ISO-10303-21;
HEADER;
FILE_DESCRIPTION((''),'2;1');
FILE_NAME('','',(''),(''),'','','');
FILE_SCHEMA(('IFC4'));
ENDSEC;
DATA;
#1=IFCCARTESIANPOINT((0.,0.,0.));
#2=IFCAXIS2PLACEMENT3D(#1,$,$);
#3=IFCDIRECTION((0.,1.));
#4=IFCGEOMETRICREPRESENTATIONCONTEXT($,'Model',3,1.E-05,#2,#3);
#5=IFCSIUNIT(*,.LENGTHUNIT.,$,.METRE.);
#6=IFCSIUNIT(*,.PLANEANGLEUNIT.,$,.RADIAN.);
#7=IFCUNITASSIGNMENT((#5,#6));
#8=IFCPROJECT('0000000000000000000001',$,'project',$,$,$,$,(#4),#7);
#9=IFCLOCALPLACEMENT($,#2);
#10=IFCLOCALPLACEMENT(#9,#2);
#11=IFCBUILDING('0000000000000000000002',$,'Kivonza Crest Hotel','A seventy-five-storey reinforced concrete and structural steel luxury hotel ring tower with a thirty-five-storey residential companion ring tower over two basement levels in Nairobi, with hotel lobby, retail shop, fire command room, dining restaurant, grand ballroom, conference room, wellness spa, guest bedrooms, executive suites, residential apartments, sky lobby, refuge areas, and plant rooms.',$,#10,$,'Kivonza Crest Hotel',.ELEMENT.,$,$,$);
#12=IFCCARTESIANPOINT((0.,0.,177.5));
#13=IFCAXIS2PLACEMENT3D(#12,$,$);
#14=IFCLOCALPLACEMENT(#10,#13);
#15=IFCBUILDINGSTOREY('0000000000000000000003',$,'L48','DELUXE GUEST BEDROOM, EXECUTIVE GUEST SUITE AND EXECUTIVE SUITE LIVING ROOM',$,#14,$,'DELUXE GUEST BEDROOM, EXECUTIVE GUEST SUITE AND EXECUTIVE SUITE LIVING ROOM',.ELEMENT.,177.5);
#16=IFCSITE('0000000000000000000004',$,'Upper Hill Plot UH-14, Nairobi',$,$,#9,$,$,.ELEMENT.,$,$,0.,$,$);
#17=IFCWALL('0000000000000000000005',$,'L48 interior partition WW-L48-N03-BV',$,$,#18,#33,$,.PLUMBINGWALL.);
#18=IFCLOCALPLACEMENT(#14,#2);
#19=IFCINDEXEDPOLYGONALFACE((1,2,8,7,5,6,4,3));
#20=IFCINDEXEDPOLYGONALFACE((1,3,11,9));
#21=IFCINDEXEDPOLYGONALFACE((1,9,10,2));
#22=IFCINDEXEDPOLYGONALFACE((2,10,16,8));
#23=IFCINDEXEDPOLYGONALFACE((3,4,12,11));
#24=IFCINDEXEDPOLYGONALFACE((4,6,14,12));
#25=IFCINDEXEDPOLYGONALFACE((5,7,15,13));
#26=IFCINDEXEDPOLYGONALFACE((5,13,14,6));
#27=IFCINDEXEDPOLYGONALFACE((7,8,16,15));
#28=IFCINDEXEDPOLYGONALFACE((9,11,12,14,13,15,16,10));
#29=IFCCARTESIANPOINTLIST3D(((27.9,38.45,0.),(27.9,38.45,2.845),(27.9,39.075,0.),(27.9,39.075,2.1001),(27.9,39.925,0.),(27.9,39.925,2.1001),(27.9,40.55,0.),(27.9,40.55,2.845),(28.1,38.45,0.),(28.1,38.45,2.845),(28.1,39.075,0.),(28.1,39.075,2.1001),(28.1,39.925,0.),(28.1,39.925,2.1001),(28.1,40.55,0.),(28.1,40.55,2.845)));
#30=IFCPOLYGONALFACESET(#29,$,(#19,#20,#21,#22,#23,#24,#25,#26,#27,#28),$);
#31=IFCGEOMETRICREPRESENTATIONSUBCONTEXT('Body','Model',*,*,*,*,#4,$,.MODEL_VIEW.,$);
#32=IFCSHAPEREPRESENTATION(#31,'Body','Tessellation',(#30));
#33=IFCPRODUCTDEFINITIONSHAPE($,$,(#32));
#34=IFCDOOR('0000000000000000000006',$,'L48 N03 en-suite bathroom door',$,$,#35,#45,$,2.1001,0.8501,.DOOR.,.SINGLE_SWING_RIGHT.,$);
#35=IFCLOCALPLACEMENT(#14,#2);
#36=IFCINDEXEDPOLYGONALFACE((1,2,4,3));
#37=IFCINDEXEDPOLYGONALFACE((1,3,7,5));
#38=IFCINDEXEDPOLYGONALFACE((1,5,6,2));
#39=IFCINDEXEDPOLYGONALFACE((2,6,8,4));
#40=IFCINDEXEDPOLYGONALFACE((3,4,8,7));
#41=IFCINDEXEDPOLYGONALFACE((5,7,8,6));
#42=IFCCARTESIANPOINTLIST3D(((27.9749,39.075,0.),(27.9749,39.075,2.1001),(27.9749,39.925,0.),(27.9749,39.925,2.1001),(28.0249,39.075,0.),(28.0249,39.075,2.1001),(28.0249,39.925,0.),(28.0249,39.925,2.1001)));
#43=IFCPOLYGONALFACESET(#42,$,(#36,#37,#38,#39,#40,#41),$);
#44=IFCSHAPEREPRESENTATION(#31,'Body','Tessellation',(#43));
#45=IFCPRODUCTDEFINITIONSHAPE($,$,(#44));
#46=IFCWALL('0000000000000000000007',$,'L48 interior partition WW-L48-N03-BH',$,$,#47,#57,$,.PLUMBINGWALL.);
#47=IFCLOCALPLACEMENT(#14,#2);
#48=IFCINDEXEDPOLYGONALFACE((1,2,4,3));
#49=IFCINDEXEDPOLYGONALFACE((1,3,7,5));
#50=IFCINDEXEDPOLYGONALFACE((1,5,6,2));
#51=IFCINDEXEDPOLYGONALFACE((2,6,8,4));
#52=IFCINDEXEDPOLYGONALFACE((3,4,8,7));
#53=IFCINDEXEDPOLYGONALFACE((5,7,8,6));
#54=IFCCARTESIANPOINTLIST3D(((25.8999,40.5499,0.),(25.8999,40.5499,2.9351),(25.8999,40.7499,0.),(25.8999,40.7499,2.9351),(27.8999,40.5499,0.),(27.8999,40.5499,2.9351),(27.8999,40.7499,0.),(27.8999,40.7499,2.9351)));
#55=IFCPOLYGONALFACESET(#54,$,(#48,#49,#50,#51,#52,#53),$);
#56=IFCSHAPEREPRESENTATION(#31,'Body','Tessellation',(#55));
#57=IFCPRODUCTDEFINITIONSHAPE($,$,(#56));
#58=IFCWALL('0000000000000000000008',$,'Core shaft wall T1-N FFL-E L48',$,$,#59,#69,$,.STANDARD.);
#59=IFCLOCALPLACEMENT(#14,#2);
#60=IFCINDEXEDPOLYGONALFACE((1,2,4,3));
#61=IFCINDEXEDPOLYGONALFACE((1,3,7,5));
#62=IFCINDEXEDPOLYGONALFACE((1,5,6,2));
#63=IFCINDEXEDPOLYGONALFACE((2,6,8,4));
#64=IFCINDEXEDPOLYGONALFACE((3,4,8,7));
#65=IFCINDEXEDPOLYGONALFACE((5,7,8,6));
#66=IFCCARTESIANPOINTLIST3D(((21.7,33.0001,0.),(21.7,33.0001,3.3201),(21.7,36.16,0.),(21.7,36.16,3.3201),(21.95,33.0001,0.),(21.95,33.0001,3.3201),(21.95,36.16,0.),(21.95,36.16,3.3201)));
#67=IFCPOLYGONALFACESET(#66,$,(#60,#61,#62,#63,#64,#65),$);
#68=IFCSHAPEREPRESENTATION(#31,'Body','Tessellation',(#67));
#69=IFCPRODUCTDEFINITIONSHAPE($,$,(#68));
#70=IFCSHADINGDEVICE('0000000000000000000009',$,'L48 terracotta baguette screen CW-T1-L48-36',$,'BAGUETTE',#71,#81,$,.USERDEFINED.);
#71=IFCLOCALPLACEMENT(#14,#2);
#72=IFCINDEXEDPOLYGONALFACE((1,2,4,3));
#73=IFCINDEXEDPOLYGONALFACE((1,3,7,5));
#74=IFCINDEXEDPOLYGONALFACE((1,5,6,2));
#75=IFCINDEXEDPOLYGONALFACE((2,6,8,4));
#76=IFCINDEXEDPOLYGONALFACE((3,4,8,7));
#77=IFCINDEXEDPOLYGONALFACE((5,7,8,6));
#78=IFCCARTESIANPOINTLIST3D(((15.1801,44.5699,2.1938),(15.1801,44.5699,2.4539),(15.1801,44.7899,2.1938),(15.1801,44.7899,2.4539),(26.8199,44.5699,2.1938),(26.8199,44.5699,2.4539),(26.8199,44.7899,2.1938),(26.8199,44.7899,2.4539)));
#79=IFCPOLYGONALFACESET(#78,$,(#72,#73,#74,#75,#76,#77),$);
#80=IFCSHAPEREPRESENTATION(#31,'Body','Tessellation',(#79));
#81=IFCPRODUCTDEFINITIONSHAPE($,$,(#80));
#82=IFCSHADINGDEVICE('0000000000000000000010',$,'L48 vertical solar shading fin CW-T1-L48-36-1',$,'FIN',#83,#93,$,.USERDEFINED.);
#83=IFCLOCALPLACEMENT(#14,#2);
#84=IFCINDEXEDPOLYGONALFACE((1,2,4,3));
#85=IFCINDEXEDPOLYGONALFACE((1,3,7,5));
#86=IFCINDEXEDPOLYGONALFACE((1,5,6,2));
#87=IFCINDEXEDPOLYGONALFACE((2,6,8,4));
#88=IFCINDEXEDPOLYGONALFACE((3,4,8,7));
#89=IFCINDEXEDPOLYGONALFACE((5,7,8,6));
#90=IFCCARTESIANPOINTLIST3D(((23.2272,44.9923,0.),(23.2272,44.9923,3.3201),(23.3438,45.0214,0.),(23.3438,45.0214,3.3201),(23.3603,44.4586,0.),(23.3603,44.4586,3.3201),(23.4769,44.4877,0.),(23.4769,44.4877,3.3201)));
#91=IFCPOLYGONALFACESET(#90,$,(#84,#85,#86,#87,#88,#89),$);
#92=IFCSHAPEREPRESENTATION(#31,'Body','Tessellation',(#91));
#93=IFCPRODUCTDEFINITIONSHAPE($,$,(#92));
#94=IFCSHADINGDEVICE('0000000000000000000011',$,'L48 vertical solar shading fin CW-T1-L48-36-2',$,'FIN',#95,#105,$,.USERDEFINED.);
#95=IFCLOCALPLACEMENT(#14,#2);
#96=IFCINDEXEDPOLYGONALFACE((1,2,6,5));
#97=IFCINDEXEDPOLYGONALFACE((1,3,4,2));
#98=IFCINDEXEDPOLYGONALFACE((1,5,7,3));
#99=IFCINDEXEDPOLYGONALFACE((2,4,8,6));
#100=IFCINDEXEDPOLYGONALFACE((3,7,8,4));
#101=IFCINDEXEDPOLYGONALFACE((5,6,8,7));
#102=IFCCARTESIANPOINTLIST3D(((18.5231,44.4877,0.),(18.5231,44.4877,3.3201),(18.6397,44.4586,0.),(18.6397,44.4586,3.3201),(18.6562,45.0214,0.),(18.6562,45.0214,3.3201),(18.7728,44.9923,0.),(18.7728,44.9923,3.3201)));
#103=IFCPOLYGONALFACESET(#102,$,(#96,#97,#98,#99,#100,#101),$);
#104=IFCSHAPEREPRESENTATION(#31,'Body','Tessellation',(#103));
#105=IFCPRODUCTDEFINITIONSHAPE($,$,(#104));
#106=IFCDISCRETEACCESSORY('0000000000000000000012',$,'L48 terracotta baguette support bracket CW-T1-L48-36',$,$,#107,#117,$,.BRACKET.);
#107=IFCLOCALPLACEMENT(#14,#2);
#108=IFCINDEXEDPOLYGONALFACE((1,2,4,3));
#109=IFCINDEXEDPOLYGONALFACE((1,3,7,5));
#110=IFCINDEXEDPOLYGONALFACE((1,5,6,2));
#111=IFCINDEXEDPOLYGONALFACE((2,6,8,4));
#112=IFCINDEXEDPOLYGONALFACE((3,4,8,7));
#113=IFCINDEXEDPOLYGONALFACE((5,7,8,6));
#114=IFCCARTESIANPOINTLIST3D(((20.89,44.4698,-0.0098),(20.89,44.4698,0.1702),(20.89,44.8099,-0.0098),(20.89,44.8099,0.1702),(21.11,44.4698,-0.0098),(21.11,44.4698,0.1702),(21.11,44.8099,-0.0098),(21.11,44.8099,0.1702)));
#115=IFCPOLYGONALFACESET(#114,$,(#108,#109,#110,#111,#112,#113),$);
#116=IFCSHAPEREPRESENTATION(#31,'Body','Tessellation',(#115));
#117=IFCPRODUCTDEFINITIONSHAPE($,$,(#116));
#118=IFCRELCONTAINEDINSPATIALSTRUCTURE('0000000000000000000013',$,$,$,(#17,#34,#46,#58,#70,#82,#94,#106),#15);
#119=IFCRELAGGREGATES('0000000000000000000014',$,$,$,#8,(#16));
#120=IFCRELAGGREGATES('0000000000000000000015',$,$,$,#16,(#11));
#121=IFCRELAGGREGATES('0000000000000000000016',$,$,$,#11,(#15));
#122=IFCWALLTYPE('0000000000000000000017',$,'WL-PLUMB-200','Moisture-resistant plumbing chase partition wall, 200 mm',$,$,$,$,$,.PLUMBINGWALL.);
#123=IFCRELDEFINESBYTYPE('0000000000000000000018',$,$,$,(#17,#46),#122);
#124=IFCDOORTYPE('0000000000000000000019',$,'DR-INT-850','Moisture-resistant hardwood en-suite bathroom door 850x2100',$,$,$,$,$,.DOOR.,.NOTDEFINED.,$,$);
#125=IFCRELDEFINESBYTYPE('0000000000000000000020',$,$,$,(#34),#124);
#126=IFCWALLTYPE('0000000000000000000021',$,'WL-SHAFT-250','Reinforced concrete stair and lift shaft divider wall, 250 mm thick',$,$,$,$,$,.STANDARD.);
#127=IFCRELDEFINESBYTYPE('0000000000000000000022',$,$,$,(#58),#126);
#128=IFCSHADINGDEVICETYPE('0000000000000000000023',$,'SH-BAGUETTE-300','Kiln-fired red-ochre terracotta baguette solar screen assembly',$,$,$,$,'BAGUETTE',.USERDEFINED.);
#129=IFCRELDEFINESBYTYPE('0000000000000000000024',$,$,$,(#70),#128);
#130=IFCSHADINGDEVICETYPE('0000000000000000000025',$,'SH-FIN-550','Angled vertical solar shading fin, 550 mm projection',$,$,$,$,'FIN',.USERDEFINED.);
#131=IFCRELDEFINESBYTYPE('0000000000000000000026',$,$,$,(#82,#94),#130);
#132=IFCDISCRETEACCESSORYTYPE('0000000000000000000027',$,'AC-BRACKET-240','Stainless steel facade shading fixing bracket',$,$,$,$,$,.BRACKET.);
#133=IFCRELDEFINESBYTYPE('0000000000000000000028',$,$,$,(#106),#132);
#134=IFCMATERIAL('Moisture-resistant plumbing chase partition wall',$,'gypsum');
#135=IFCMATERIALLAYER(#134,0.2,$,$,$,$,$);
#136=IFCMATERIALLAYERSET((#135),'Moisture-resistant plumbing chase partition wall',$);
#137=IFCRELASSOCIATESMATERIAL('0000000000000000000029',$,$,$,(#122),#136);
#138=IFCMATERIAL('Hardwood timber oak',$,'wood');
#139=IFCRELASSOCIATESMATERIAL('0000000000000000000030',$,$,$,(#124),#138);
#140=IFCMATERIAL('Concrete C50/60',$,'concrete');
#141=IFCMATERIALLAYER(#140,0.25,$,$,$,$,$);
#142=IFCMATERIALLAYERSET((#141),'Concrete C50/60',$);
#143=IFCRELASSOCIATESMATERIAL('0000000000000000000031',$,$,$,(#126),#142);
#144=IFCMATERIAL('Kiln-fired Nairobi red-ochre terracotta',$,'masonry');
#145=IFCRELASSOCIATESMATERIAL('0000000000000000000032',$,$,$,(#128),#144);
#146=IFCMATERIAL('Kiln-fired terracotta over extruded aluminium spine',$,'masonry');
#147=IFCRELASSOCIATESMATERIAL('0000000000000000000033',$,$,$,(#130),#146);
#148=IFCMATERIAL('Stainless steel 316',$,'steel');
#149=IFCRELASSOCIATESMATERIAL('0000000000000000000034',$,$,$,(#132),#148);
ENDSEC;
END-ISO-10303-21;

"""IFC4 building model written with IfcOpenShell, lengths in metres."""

from ifc_helpers import new_model, si_unit, direction, frame, frame_2d, origin, origin_2d, place, context, subcontext, project, spatial, rectangle, extrude, material, layer, layer_set, type_object, element, fill, save


model = new_model("IFC4")

# Units and contexts
model_context = context("Model", 3, precision=1e-05, world=origin(), true_north=direction((0.0, 1.0)))
body_context = subcontext(model_context, "Body", "Model", "MODEL_VIEW")
ifc_project = project(units=[si_unit("LENGTHUNIT", "METRE"), si_unit("PLANEANGLEUNIT", "RADIAN")], contexts=[model_context])

# Site, building, storey
site_placement = place(None, origin())
site = spatial("IfcSite", under=ifc_project, at=site_placement, Name="Upper Hill Plot UH-14, Nairobi", CompositionType="ELEMENT", RefElevation=0.0)
building_placement = place(site_placement, origin())
building = spatial("IfcBuilding", under=site, at=building_placement, Name="Kivonza Crest Hotel", Description="A seventy-five-storey reinforced concrete and structural steel luxury hotel ring tower with a thirty-five-storey residential companion ring tower over two basement levels in Nairobi, with hotel lobby, retail shop, fire command room, dining restaurant, grand ballroom, conference room, wellness spa, guest bedrooms, executive suites, residential apartments, sky lobby, refuge areas, and plant rooms.", LongName="Kivonza Crest Hotel", CompositionType="ELEMENT")
storey_placement = place(building_placement, frame((0.0, 0.0, 177.5)))
storey = spatial("IfcBuildingStorey", under=building, at=storey_placement, Name="L48", Description="DELUXE GUEST BEDROOM, EXECUTIVE GUEST SUITE AND EXECUTIVE SUITE LIVING ROOM", LongName="DELUXE GUEST BEDROOM, EXECUTIVE GUEST SUITE AND EXECUTIVE SUITE LIVING ROOM", CompositionType="ELEMENT", Elevation=177.5)

# Shared definitions
ifc_material_1 = material(Name="Concrete C50/60", Category="concrete")

# Shared definitions
ifc_material_2 = material(Name="Hardwood timber oak", Category="wood")

# Wall, opening, door
ifc_material_3 = material(Name="Moisture-resistant plumbing chase partition wall", Category="gypsum")
ifc_layer_1 = layer(ifc_material_3, 0.2)
ifc_layer_set_1 = layer_set([ifc_layer_1], Name="Moisture-resistant plumbing chase partition wall")
wall_type_1 = type_object("IfcWallType", Name="WL-PLUMB-200", Description="Moisture-resistant plumbing chase partition wall, 200 mm", PredefinedType="PLUMBINGWALL", material=ifc_layer_set_1)
wall_1_placement = place(storey_placement, frame((28.0, 38.45, 0.0), z_axis=(0.0, 0.0, 1.0), x_axis=(0.0, 1.0, 0.0)))
wall_1 = element("IfcWall", 1, at=wall_1_placement, inside=storey, type_object=wall_type_1, Name="L48 interior partition WW-L48-N03-BV", PredefinedType="PLUMBINGWALL", context=body_context, shape_type="SweptSolid", body=[
    extrude(rectangle(XDim=2.1001, YDim=0.2, at=frame_2d((1.05, 0.0))), origin(), (0.0, 0.0, 1.0), 2.845),
])
opening_1_placement = place(wall_1_placement, frame((0.625, 0.0, 0.0)))
opening_1 = element("IfcOpeningElement", 2, at=opening_1_placement, cuts=wall_1, PredefinedType="OPENING", context=body_context, shape_type="SweptSolid", body=[
    extrude(rectangle(XDim=0.8501, YDim=2.1001, at=frame_2d((0.425, 1.05))), frame((0.0, 0.1099, 0.0), z_axis=(0.0, -1.0, 0.0), x_axis=(1.0, 0.0, 0.0)), (0.0, 0.0, 1.0), 0.22),
])
door_type_1 = type_object("IfcDoorType", Name="DR-INT-850", Description="Moisture-resistant hardwood en-suite bathroom door 850x2100", OperationType="NOTDEFINED", PredefinedType="DOOR", material=ifc_material_2)
door_1_placement = place(opening_1_placement, frame((0.8501, 0.0, 0.0), z_axis=(0.0, 0.0, 1.0), x_axis=(-1.0, 0.0, 0.0)))
door_1 = element("IfcDoor", 3, at=door_1_placement, inside=storey, type_object=door_type_1, Name="L48 N03 en-suite bathroom door", OperationType="SINGLE_SWING_RIGHT", OverallHeight=2.1001, OverallWidth=0.8501, PredefinedType="DOOR", context=body_context, shape_type="SweptSolid", body=[
    extrude(rectangle(XDim=0.8501, YDim=2.1001, at=frame_2d((0.425, 1.05))), frame((0.0, 0.0249, 0.0), z_axis=(0.0, -1.0, 0.0), x_axis=(1.0, 0.0, 0.0)), (0.0, 0.0, 1.0), 0.05),
])
fill(opening_1, door_1)

# Wall
wall_2_placement = place(storey_placement, frame((25.8999, 40.6499, 0.0), z_axis=(0.0, 0.0, 1.0), x_axis=(1.0, 0.0, 0.0)))
element("IfcWall", 4, at=wall_2_placement, inside=storey, type_object=wall_type_1, Name="L48 interior partition WW-L48-N03-BH", PredefinedType="PLUMBINGWALL", context=body_context, shape_type="SweptSolid", body=[
    extrude(rectangle(XDim=2.0, YDim=0.2, at=frame_2d((1.0, 0.0))), origin(), (0.0, 0.0, 1.0), 2.9351),
])

# Shared definitions
ifc_layer_2 = layer(ifc_material_1, 0.25)
ifc_layer_set_2 = layer_set([ifc_layer_2], Name="Concrete C50/60")
wall_type_2 = type_object("IfcWallType", Name="WL-SHAFT-250", Description="Reinforced concrete stair and lift shaft divider wall, 250 mm thick", PredefinedType="STANDARD", material=ifc_layer_set_2)

# Wall
wall_3_placement = place(storey_placement, frame((21.825, 33.0, 0.0), z_axis=(0.0, 0.0, 1.0), x_axis=(0.0, 1.0, 0.0)))
element("IfcWall", 5, at=wall_3_placement, inside=storey, type_object=wall_type_2, Name="Core shaft wall T1-N FFL-E L48", PredefinedType="STANDARD", context=body_context, shape_type="SweptSolid", body=[
    extrude(rectangle(XDim=3.1599, YDim=0.25, at=frame_2d((1.5801, 0.0))), origin(), (0.0, 0.0, 1.0), 3.3201),
])

# Shading devices
ifc_material_4 = material(Name="Kiln-fired Nairobi red-ochre terracotta", Category="masonry")
shading_device_type_1 = type_object("IfcShadingDeviceType", Name="SH-BAGUETTE-300", Description="Kiln-fired red-ochre terracotta baguette solar screen assembly", ElementType="BAGUETTE", PredefinedType="USERDEFINED", material=ifc_material_4)
shading_device_placement = place(storey_placement, frame((21.0, 44.6799, 2.1938), z_axis=(0.0, 0.0, 1.0), x_axis=(-1.0, 0.0, 0.0)))
element("IfcShadingDevice", 6, at=shading_device_placement, inside=storey, type_object=shading_device_type_1, Name="L48 terracotta baguette screen CW-T1-L48-36", ObjectType="BAGUETTE", PredefinedType="USERDEFINED", context=body_context, shape_type="SweptSolid", body=[
    extrude(rectangle(XDim=11.6399, YDim=0.22, at=origin_2d()), origin(), (0.0, 0.0, 1.0), 0.26),
])
ifc_material_5 = material(Name="Kiln-fired terracotta over extruded aluminium spine", Category="masonry")
shading_device_type_2 = type_object("IfcShadingDeviceType", Name="SH-FIN-550", Description="Angled vertical solar shading fin, 550 mm projection", ElementType="FIN", PredefinedType="USERDEFINED", material=ifc_material_5)
for number, where, z_axis, x_axis, name in (
    (7, (23.3521, 44.74, 0.0), (0.0, 0.0, 1.0), (-0.970296, -0.241922, 0.0), "L48 vertical solar shading fin CW-T1-L48-36-1"),
    (8, (18.6479, 44.74, 0.0), (0.0, 0.0, 1.0), (-0.970296, 0.241922, 0.0), "L48 vertical solar shading fin CW-T1-L48-36-2"),
):
    element("IfcShadingDevice", number, at=place(storey_placement, frame(where, z_axis=z_axis, x_axis=x_axis)), inside=storey, type_object=shading_device_type_2, Name=name, ObjectType="FIN", PredefinedType="USERDEFINED", context=body_context, shape_type="SweptSolid", body=[
        extrude(rectangle(XDim=0.1201, YDim=0.55, at=origin_2d()), origin(), (0.0, 0.0, 1.0), 3.3201),
    ])

# Discrete accessory
ifc_material_6 = material(Name="Stainless steel 316", Category="steel")
discrete_accessory_type = type_object("IfcDiscreteAccessoryType", Name="AC-BRACKET-240", Description="Stainless steel facade shading fixing bracket", PredefinedType="BRACKET", material=ifc_material_6)
discrete_accessory_placement = place(storey_placement, frame((21.0, 44.6399, -0.0098), z_axis=(0.0, 0.0, 1.0), x_axis=(-1.0, 0.0, 0.0)))
element("IfcDiscreteAccessory", 9, at=discrete_accessory_placement, inside=storey, type_object=discrete_accessory_type, Name="L48 terracotta baguette support bracket CW-T1-L48-36", PredefinedType="BRACKET", context=body_context, shape_type="SweptSolid", body=[
    extrude(rectangle(XDim=0.22, YDim=0.3401, at=origin_2d()), origin(), (0.0, 0.0, 1.0), 0.1799),
])

save(model, "model.ifc")
